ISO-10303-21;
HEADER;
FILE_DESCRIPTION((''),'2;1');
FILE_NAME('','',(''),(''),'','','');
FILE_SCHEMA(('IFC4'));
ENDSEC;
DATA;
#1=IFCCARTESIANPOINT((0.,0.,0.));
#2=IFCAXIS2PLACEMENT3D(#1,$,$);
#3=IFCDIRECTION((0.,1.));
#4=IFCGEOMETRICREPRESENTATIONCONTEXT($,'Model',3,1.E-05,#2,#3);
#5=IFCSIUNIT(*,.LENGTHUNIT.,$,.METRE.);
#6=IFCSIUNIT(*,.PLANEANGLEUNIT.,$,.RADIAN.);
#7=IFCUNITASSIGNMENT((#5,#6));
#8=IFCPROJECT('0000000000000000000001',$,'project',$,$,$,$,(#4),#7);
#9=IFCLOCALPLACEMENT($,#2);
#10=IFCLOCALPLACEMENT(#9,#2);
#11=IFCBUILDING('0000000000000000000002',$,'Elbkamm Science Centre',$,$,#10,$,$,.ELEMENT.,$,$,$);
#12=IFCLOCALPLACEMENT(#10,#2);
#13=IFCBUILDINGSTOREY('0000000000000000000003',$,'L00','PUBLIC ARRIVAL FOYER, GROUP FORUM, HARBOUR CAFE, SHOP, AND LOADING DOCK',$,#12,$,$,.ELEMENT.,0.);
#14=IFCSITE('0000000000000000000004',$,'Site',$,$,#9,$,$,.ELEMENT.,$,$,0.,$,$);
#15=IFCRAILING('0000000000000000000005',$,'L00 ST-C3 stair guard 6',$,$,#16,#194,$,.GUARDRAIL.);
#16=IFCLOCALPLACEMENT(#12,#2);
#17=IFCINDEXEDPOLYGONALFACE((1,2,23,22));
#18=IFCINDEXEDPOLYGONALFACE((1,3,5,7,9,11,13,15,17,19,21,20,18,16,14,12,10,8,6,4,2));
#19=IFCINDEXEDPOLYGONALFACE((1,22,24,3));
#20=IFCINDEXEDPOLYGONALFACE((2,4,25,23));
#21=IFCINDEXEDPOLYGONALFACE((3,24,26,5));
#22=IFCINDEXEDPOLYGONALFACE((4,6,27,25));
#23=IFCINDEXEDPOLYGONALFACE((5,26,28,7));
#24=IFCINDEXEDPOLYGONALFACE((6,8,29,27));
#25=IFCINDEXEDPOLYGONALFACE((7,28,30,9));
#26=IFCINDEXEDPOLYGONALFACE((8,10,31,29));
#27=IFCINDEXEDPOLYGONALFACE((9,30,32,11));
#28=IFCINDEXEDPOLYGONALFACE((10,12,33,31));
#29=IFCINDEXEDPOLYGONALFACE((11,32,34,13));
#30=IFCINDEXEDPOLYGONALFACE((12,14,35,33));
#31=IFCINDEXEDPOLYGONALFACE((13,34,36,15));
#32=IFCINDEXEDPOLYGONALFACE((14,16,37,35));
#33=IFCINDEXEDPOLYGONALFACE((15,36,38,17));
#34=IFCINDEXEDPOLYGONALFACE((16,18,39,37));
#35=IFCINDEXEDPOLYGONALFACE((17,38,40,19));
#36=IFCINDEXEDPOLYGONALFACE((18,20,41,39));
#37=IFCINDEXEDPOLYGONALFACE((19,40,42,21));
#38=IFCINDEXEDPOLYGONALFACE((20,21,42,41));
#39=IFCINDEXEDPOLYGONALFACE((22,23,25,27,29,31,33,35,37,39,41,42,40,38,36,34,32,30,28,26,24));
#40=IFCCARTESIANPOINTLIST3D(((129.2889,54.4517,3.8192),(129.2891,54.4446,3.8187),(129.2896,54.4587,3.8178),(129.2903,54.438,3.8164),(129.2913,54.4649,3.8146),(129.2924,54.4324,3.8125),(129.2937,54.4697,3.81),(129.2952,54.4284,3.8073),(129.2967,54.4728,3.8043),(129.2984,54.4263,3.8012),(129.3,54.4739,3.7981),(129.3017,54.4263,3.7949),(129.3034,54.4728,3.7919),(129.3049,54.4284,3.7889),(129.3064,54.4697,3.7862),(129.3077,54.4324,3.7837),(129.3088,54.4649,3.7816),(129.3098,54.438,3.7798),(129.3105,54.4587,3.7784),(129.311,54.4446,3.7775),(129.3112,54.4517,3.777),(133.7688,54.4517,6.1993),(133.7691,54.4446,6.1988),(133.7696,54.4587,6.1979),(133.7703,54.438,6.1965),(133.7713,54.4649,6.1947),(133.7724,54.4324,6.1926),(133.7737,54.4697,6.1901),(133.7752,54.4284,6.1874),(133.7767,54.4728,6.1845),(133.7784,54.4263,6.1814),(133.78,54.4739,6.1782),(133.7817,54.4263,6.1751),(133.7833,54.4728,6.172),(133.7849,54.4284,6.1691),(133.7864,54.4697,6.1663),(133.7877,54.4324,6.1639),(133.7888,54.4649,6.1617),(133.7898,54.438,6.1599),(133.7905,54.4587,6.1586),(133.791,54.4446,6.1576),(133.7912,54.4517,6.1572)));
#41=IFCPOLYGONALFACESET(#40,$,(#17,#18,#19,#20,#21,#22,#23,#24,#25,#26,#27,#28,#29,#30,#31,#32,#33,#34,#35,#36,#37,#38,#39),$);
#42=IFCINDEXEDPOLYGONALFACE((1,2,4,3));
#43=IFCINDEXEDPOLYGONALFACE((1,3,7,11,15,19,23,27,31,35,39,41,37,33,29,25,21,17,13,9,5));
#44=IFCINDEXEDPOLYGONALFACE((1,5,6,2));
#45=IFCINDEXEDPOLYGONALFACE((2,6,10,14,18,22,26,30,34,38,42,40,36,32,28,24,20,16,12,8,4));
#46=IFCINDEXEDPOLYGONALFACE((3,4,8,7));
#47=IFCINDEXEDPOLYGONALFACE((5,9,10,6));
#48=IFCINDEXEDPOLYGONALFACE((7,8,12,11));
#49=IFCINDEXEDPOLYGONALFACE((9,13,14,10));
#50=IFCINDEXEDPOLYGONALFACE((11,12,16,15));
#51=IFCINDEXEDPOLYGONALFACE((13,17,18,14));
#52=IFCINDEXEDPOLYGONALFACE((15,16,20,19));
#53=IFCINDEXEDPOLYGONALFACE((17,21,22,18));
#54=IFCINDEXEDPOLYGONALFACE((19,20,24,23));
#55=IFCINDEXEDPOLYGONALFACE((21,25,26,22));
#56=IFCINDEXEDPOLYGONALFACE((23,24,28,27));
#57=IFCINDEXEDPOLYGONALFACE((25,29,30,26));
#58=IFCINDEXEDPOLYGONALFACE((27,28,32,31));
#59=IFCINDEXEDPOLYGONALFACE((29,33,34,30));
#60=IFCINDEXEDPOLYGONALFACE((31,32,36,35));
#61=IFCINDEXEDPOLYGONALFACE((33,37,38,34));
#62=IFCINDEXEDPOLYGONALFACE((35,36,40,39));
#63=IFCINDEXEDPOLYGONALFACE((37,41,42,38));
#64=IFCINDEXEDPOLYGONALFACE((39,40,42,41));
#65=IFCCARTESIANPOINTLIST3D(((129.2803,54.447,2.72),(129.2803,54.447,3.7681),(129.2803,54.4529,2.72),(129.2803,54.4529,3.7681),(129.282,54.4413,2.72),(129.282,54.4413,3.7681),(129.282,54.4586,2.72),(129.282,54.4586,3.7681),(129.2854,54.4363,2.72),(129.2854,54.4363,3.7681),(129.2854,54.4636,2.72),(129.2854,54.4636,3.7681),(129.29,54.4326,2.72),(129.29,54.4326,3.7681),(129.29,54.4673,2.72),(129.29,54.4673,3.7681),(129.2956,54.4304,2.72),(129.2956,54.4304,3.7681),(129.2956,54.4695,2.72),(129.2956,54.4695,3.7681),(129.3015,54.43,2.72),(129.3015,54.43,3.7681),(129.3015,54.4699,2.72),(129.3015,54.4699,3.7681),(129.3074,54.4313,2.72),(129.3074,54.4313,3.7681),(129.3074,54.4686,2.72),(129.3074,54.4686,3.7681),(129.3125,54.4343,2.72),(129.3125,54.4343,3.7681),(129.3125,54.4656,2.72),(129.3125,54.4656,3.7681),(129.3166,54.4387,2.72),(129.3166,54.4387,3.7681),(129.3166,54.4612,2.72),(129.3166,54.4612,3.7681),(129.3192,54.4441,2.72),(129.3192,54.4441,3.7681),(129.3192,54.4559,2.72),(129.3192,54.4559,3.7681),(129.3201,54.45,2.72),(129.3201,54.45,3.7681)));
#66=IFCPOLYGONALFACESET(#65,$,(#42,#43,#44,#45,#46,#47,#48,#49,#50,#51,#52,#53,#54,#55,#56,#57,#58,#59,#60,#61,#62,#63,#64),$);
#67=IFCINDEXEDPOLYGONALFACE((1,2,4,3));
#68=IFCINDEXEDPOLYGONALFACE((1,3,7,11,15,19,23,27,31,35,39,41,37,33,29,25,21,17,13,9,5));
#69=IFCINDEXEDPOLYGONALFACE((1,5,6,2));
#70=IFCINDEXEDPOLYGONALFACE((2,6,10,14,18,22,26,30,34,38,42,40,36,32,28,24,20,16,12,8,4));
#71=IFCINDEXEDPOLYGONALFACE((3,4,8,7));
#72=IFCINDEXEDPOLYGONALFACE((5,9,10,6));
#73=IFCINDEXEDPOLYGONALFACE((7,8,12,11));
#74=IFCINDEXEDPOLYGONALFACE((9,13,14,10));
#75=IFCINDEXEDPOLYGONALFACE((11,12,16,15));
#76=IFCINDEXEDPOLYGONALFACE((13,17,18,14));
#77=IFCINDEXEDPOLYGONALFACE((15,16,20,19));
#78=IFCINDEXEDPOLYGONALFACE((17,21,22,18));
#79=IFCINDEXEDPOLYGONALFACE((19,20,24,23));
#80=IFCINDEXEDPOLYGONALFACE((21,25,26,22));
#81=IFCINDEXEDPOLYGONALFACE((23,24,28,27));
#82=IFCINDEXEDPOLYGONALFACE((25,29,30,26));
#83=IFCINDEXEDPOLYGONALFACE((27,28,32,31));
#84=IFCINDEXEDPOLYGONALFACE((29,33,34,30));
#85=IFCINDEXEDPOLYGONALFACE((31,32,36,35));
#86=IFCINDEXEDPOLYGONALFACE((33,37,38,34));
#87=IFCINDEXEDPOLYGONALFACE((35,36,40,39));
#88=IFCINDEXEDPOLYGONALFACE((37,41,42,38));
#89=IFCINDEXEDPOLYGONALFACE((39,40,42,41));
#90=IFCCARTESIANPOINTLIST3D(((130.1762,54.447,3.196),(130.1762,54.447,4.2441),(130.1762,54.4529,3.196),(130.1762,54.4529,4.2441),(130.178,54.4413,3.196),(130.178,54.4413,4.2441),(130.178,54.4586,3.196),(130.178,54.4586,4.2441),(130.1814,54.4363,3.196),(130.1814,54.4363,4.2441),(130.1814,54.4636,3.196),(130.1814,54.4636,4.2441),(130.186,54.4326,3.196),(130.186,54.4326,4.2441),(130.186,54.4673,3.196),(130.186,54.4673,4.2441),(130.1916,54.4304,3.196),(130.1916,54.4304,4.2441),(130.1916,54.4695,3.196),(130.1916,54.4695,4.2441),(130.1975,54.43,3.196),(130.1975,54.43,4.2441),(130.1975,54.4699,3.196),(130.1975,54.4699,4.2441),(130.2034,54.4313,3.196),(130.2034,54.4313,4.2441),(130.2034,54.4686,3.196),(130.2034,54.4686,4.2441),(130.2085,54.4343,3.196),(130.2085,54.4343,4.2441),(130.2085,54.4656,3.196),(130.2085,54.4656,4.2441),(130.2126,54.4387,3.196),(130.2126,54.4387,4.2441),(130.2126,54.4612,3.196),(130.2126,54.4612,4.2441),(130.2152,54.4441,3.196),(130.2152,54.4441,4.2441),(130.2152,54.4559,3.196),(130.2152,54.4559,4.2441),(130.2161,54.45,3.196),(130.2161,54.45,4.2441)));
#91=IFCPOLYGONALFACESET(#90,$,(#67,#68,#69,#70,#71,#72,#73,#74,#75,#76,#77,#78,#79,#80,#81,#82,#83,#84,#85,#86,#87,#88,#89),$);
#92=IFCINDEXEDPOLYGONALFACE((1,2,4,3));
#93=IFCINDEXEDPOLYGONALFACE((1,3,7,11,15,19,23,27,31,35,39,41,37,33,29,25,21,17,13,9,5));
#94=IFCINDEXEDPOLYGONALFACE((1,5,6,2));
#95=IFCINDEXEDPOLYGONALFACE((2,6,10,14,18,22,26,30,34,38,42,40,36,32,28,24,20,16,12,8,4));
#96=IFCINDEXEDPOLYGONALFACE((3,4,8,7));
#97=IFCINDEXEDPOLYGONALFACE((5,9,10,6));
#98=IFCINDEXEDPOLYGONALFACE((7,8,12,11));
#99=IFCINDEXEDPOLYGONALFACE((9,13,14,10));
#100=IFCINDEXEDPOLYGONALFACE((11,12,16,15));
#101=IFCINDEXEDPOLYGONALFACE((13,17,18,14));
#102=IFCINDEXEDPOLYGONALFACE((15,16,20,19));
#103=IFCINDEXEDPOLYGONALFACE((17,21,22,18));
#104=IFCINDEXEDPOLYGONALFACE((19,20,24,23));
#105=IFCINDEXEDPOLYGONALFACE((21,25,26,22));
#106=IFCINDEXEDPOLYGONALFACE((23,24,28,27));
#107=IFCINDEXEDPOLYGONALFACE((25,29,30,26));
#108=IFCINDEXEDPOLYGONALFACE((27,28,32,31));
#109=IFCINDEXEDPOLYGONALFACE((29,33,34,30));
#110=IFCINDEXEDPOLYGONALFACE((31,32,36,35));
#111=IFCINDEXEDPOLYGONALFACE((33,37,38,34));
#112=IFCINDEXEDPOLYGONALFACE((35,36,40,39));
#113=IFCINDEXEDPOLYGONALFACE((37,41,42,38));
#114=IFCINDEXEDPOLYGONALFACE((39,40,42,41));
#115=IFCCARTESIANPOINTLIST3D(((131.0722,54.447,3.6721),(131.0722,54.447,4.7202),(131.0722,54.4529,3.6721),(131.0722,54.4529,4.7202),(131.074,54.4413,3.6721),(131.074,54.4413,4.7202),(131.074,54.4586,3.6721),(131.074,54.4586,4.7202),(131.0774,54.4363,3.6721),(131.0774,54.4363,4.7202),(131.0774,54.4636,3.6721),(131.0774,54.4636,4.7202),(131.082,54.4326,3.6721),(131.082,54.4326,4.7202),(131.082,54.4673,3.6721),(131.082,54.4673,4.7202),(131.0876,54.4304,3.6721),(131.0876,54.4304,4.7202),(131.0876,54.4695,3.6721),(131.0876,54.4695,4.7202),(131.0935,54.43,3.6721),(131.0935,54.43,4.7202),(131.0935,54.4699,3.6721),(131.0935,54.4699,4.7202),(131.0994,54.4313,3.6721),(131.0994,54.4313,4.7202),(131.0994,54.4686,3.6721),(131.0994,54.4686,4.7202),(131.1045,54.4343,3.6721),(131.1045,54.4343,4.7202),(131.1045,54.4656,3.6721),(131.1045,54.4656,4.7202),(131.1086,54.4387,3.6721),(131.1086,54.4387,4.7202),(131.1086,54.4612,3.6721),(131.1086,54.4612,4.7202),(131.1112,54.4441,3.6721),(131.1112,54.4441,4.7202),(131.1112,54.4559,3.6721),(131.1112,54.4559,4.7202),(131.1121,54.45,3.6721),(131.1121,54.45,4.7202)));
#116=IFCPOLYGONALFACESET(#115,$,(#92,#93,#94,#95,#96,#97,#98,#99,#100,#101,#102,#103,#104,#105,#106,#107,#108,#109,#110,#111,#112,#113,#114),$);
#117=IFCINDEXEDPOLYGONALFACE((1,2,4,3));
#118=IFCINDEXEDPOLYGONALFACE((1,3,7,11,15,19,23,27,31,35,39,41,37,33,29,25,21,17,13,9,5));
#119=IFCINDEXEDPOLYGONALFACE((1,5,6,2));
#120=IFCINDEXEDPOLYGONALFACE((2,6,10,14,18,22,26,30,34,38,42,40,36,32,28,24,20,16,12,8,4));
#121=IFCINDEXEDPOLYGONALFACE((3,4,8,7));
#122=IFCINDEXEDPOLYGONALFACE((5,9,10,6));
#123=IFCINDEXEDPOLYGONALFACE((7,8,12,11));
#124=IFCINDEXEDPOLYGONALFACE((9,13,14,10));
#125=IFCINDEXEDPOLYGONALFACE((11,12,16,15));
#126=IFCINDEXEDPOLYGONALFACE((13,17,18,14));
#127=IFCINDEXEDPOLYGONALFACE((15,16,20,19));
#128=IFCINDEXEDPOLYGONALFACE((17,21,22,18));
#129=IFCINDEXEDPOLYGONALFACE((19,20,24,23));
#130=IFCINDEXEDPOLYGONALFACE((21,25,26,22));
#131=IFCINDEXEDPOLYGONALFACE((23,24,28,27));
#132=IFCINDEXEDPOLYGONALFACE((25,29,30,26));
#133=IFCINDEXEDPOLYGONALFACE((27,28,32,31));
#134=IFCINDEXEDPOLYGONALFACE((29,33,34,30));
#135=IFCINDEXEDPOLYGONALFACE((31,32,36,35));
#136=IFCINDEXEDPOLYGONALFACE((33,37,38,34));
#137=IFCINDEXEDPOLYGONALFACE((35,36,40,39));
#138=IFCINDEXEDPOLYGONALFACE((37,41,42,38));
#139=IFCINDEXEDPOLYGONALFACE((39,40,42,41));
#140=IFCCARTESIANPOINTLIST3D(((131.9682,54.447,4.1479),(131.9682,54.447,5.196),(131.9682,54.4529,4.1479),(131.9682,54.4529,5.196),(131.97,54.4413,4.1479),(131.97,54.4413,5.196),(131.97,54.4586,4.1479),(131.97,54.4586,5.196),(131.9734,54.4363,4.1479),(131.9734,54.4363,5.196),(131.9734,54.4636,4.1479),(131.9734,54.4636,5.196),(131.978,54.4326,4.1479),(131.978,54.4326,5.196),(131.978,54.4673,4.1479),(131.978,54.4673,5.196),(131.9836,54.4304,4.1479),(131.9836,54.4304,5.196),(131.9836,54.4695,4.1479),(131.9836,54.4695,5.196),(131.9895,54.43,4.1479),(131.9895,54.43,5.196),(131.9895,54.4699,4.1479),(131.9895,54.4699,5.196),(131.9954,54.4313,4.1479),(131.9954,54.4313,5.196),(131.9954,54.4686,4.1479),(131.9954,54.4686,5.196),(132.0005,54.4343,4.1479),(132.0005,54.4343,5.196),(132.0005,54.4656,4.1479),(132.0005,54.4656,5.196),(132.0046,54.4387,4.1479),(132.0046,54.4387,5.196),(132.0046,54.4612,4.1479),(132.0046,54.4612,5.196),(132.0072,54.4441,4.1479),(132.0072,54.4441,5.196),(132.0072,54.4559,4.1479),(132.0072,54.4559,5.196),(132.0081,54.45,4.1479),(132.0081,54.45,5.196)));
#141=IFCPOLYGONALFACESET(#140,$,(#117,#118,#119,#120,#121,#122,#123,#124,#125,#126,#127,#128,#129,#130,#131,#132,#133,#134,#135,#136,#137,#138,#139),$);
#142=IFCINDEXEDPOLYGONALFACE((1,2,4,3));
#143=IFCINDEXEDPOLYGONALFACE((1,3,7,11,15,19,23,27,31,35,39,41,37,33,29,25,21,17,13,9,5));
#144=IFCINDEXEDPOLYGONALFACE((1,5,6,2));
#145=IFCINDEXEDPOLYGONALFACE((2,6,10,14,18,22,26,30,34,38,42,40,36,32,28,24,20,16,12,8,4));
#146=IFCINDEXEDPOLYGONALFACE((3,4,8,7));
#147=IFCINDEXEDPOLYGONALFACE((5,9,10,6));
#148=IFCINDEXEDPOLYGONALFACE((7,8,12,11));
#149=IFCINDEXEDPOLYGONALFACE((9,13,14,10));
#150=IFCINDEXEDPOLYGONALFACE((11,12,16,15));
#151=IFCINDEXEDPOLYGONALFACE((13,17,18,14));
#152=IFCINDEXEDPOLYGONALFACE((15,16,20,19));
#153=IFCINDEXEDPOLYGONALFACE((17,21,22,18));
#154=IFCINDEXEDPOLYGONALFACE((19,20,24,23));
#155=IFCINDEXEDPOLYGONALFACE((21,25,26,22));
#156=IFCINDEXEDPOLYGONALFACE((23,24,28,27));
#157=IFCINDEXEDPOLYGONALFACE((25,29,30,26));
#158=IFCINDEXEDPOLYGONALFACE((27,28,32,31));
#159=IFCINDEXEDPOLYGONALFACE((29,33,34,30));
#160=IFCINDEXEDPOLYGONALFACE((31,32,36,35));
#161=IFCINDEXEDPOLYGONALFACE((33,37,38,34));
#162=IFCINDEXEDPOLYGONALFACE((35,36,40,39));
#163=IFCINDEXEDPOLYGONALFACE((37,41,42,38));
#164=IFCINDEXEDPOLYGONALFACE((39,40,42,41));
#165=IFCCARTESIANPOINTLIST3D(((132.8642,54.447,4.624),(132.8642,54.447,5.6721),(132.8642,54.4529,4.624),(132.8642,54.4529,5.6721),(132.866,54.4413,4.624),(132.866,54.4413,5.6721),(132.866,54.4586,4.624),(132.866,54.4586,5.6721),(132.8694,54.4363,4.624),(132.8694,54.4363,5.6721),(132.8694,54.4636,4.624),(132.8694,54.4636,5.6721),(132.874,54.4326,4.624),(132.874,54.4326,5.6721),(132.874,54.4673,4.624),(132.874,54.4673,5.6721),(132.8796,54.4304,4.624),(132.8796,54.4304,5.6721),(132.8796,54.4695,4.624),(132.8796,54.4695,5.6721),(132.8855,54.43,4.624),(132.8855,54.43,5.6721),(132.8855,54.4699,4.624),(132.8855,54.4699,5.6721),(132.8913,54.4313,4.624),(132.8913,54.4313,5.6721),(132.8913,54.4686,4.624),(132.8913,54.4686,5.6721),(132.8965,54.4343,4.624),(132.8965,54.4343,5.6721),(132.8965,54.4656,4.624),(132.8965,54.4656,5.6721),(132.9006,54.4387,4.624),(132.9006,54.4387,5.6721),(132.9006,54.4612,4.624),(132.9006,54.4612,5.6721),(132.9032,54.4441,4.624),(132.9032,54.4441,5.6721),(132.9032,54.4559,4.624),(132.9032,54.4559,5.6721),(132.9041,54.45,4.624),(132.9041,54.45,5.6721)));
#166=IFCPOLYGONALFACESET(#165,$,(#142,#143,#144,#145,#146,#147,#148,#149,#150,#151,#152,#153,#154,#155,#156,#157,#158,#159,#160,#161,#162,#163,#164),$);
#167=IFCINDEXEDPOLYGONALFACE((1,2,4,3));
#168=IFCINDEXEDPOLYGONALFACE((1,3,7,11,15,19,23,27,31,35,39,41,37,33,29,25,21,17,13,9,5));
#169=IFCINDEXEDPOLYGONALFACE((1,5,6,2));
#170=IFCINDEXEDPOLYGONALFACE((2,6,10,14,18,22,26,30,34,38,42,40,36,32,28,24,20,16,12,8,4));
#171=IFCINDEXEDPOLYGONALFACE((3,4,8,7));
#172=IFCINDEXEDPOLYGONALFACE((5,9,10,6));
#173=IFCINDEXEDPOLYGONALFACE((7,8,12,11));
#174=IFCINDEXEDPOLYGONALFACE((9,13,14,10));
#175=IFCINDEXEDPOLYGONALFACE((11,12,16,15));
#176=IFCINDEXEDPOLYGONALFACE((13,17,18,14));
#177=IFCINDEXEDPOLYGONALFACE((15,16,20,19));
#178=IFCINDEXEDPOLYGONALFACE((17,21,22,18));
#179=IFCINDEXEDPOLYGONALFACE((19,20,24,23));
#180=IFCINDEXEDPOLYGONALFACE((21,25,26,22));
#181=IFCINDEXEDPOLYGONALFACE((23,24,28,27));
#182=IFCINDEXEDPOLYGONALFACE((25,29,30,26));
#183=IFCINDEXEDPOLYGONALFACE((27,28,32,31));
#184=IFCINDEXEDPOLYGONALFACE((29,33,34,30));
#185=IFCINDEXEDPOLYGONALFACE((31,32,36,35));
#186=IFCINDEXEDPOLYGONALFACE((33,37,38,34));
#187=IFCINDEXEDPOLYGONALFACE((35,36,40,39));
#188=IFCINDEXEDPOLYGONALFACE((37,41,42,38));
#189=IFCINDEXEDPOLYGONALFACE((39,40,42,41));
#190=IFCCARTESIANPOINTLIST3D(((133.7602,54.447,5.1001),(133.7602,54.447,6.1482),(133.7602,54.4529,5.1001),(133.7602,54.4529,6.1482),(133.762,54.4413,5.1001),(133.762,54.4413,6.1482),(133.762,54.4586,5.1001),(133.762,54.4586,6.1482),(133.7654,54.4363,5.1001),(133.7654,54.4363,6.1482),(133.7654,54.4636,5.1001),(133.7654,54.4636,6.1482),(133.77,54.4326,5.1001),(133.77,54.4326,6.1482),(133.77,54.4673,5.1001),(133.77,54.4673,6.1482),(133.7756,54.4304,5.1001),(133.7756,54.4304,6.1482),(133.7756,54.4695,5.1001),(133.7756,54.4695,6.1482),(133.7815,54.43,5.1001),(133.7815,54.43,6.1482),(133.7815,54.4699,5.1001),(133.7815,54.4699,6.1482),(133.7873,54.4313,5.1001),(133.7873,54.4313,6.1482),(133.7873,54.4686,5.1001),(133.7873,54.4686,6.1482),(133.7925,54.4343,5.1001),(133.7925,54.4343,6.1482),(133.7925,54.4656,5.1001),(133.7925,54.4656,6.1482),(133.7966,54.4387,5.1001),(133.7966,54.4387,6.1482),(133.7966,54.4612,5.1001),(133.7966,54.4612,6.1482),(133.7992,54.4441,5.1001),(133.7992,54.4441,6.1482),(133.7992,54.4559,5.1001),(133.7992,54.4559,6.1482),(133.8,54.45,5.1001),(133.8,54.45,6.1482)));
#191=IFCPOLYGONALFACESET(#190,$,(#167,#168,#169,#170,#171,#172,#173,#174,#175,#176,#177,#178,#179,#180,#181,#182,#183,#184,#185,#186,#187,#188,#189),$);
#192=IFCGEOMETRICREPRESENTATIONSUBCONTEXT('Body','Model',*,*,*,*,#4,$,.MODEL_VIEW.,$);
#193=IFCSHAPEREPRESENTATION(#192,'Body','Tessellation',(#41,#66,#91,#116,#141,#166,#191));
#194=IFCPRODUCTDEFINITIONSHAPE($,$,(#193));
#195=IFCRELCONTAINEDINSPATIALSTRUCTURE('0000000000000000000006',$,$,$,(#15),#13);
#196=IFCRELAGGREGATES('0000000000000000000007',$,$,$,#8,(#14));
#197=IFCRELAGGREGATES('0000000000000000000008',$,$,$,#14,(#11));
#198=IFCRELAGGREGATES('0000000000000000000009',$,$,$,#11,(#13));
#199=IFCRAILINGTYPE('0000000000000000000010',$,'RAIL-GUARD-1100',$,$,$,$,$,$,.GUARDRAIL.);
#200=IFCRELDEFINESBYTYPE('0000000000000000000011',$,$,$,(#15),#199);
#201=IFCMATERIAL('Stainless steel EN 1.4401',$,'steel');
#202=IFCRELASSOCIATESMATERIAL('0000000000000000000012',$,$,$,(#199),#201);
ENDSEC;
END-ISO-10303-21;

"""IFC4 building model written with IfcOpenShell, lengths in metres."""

from ifc_helpers import new_model, si_unit, direction, frame, origin, origin_2d, place, context, subcontext, project, spatial, circle, extrude, material, type_object, element, save


model = new_model("IFC4")

# Units and contexts
model_context = context("Model", 3, precision=1e-05, world=origin(), true_north=direction((0.0, 1.0)))
body_context = subcontext(model_context, "Body", "Model", "MODEL_VIEW")
ifc_project = project(units=[si_unit("LENGTHUNIT", "METRE"), si_unit("PLANEANGLEUNIT", "RADIAN")], contexts=[model_context])

# Site, building, storey
site_placement = place(None, origin())
site = spatial("IfcSite", under=ifc_project, at=site_placement, Name="Site", CompositionType="ELEMENT", RefElevation=0.0)
building_placement = place(site_placement, origin())
building = spatial("IfcBuilding", under=site, at=building_placement, Name="Elbkamm Science Centre", CompositionType="ELEMENT")
storey_placement = place(building_placement, origin())
storey = spatial("IfcBuildingStorey", under=building, at=storey_placement, Name="L00", Description="PUBLIC ARRIVAL FOYER, GROUP FORUM, HARBOUR CAFE, SHOP, AND LOADING DOCK", CompositionType="ELEMENT", Elevation=0.0)

# Railing
ifc_material_1 = material(Name="Stainless steel EN 1.4401", Category="steel")
railing_type_1 = type_object("IfcRailingType", Name="RAIL-GUARD-1100", PredefinedType="GUARDRAIL", material=ifc_material_1)
railing_1_placement = place(storey_placement, frame((129.3, 54.45, 2.72)))
element("IfcRailing", 1, at=railing_1_placement, inside=storey, type_object=railing_type_1, Name="L00 ST-C3 stair guard 6", PredefinedType="GUARDRAIL", context=body_context, shape_type="SweptSolid", body=[
    extrude(circle(Radius=0.0239, at=origin_2d()), frame((0.0, 0.0, 1.0781), z_axis=(0.883105, 0.0, 0.469176), x_axis=(0.0, 1.0, 0.0)), (0.0, 0.0, 1.0), 5.073),
    extrude(circle(Radius=0.02, at=origin_2d()), origin(), (0.0, 0.0, 1.0), 1.0481),
    extrude(circle(Radius=0.02, at=origin_2d()), frame((0.896, 0.0, 0.4761)), (0.0, 0.0, 1.0), 1.0481),
    extrude(circle(Radius=0.02, at=origin_2d()), frame((1.792, 0.0, 0.9521)), (0.0, 0.0, 1.0), 1.0481),
    extrude(circle(Radius=0.02, at=origin_2d()), frame((2.688, 0.0, 1.428)), (0.0, 0.0, 1.0), 1.0481),
    extrude(circle(Radius=0.02, at=origin_2d()), frame((3.584, 0.0, 1.9041)), (0.0, 0.0, 1.0), 1.0481),
    extrude(circle(Radius=0.02, at=origin_2d()), frame((4.48, 0.0, 2.3801)), (0.0, 0.0, 1.0), 1.0481),
])

save(model, "model.ifc")
